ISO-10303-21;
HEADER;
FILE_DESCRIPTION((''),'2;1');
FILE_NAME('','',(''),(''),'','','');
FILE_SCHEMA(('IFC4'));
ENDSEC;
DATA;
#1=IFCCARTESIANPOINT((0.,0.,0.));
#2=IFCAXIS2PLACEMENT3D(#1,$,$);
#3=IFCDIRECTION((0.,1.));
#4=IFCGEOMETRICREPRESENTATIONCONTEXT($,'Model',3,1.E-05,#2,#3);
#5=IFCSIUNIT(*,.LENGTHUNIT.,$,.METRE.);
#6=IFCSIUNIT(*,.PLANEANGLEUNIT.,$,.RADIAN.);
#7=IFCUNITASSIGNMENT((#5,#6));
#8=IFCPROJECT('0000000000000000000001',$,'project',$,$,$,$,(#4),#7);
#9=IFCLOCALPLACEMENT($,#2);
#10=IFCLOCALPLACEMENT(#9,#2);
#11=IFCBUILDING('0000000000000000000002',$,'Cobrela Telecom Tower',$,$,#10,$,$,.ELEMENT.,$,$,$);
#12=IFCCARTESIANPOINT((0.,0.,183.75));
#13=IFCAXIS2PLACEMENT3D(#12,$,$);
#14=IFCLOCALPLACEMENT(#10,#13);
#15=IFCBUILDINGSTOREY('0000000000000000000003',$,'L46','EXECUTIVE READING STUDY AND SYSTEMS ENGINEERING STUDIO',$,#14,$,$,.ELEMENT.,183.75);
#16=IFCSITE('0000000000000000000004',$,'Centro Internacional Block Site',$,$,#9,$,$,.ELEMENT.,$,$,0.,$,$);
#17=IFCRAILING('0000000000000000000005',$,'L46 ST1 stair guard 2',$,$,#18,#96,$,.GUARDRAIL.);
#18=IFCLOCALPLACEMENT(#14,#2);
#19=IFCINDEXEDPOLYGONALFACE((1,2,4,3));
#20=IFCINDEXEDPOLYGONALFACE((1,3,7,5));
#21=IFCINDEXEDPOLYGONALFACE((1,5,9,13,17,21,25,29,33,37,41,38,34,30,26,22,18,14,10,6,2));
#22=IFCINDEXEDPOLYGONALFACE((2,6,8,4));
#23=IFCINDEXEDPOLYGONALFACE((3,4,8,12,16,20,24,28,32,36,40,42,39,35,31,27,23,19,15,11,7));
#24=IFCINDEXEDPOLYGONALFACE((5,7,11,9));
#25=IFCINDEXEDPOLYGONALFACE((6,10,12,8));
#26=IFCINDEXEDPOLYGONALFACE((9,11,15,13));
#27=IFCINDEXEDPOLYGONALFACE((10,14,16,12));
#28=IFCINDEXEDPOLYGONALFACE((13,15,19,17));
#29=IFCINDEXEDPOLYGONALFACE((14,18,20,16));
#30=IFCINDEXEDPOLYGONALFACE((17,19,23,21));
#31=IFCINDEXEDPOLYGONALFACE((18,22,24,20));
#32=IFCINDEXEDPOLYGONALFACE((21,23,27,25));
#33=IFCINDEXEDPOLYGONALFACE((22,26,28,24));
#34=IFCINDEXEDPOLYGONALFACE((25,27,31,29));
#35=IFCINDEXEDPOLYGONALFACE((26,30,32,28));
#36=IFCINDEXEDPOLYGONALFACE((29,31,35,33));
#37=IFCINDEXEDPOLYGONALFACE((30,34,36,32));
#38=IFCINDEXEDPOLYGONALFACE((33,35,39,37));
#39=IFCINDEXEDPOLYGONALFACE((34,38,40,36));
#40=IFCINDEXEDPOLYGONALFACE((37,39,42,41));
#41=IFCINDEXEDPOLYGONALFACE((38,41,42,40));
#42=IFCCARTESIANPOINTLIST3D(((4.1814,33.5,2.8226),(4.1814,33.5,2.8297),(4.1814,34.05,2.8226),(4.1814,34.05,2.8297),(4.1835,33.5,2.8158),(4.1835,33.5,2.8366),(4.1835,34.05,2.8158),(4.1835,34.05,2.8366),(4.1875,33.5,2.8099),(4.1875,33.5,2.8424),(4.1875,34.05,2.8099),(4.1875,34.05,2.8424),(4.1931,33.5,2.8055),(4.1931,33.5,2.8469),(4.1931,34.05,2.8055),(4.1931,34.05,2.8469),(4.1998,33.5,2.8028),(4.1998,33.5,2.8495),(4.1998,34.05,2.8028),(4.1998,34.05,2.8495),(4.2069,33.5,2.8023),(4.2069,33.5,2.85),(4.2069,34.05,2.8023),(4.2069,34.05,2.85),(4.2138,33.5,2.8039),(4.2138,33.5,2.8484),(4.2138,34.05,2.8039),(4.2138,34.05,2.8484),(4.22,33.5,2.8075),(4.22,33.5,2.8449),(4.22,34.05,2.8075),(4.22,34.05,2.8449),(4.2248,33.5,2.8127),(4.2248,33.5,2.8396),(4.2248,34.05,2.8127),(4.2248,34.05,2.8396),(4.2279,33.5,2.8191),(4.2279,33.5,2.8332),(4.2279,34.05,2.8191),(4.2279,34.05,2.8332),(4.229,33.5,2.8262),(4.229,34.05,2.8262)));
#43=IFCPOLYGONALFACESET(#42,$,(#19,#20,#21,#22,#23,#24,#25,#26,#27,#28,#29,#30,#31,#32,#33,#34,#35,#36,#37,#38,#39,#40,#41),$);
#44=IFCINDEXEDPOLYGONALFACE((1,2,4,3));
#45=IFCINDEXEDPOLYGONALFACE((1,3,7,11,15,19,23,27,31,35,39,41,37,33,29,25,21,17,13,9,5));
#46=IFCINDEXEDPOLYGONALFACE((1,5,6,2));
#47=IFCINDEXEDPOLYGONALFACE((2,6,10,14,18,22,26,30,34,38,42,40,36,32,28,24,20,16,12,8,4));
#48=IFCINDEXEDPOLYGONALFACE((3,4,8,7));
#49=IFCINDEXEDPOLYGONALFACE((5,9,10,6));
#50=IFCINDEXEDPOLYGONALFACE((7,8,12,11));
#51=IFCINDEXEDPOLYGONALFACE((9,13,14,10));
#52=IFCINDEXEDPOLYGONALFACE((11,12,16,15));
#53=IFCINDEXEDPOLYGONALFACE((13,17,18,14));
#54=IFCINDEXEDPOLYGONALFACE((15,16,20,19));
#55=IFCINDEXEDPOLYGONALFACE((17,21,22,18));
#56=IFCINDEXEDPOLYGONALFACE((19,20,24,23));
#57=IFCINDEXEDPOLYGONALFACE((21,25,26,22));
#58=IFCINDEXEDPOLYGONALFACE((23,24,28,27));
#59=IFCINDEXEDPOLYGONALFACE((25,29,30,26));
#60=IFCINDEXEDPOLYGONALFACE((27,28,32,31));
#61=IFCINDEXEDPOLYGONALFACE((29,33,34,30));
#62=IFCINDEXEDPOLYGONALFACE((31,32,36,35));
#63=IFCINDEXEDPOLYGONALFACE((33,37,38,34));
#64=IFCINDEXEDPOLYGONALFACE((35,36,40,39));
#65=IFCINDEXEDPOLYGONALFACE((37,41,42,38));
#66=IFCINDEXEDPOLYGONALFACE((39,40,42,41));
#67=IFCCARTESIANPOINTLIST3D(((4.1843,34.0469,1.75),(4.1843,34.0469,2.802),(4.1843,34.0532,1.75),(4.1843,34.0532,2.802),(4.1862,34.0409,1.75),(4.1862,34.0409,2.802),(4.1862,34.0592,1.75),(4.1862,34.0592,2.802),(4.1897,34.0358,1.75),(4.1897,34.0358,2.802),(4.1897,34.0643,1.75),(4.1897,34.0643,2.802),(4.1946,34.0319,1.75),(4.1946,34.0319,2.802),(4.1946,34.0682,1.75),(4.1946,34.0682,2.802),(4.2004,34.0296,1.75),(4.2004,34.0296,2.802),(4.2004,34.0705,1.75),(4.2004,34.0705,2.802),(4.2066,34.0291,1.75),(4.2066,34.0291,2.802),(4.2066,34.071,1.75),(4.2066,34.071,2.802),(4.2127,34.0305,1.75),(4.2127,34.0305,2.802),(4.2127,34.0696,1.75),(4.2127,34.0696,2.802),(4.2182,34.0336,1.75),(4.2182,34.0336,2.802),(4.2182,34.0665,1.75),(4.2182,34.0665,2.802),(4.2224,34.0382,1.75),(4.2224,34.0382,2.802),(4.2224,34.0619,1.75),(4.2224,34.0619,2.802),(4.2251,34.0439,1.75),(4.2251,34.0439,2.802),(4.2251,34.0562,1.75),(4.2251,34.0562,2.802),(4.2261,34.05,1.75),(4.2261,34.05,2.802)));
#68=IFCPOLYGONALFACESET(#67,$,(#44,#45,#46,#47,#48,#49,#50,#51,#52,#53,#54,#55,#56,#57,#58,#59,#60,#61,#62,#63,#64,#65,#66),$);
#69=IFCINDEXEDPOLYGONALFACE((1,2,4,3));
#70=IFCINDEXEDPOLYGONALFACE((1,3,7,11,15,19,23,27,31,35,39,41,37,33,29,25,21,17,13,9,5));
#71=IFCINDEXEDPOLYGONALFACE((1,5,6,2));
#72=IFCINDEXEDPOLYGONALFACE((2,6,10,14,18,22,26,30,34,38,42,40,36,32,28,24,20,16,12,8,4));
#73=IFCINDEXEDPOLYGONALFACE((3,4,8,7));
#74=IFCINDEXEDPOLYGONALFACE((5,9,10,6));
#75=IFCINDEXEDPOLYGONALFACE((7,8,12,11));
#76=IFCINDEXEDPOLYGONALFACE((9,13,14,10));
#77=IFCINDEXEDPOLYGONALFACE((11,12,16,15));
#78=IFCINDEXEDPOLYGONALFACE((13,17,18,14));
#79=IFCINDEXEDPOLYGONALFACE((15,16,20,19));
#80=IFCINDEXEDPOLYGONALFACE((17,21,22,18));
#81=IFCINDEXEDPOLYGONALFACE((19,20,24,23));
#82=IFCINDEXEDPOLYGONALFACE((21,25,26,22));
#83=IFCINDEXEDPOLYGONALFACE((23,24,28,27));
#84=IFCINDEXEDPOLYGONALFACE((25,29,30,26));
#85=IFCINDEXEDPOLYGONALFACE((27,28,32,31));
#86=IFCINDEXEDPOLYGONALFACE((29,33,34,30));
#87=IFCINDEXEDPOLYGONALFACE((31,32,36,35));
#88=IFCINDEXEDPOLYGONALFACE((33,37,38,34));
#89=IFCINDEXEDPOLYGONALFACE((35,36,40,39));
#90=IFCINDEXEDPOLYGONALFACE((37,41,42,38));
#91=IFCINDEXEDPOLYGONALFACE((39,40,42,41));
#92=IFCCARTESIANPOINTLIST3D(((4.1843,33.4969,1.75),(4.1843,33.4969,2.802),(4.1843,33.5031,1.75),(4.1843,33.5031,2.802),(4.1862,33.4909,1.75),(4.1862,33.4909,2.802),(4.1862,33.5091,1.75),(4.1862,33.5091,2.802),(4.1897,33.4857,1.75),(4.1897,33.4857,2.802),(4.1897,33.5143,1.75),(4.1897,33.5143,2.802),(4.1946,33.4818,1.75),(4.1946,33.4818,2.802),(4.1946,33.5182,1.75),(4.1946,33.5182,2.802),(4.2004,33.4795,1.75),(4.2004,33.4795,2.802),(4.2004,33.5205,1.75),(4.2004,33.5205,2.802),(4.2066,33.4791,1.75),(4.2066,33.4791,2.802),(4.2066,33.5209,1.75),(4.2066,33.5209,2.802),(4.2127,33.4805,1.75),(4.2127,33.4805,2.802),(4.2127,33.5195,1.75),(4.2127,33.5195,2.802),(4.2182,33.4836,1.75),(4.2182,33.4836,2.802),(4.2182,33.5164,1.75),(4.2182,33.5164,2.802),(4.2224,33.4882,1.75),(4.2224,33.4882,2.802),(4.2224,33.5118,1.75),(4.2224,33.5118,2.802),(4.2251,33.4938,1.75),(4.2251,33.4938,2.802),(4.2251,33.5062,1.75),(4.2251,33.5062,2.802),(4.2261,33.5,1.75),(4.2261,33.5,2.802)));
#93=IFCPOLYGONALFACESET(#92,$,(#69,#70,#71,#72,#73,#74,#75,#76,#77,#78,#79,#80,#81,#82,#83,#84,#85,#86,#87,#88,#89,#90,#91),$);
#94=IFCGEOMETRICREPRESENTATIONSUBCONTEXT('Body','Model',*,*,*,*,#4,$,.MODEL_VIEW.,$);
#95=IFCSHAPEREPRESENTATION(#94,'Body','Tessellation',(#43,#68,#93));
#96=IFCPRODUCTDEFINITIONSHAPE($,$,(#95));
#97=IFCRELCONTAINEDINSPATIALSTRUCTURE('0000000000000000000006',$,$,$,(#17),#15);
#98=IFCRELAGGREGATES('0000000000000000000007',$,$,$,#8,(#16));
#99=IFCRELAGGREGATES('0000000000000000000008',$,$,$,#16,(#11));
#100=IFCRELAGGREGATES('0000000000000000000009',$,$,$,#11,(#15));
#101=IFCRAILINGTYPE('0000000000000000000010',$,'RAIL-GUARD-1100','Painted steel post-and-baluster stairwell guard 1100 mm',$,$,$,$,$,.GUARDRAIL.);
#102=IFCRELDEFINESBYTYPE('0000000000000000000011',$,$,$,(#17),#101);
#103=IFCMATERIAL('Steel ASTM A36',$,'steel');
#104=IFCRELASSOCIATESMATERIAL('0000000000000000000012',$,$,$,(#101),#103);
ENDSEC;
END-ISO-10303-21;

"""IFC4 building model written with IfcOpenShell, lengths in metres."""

from ifc_helpers import new_model, si_unit, direction, frame, origin, origin_2d, place, context, subcontext, project, spatial, circle, extrude, material, type_object, element, save


model = new_model("IFC4")

# Units and contexts
model_context = context("Model", 3, precision=1e-05, world=origin(), true_north=direction((0.0, 1.0)))
body_context = subcontext(model_context, "Body", "Model", "MODEL_VIEW")
ifc_project = project(units=[si_unit("LENGTHUNIT", "METRE"), si_unit("PLANEANGLEUNIT", "RADIAN")], contexts=[model_context])

# Site, building, storey
site_placement = place(None, origin())
site = spatial("IfcSite", under=ifc_project, at=site_placement, Name="Centro Internacional Block Site", CompositionType="ELEMENT", RefElevation=0.0)
building_placement = place(site_placement, origin())
building = spatial("IfcBuilding", under=site, at=building_placement, Name="Cobrela Telecom Tower", CompositionType="ELEMENT")
storey_placement = place(building_placement, frame((0.0, 0.0, 183.75)))
storey = spatial("IfcBuildingStorey", under=building, at=storey_placement, Name="L46", Description="EXECUTIVE READING STUDY AND SYSTEMS ENGINEERING STUDIO", CompositionType="ELEMENT", Elevation=183.75)

# Shared definitions
ifc_material_1 = material(Name="Steel ASTM A36", Category="steel")

# Railing
railing_type_1 = type_object("IfcRailingType", Name="RAIL-GUARD-1100", Description="Painted steel post-and-baluster stairwell guard 1100 mm", PredefinedType="GUARDRAIL", material=ifc_material_1)
railing_1_placement = place(storey_placement, frame((4.2051, 34.05, 1.75)))
element("IfcRailing", 1, at=railing_1_placement, inside=storey, type_object=railing_type_1, Name="L46 ST1 stair guard 2", PredefinedType="GUARDRAIL", context=body_context, shape_type="SweptSolid", body=[
    extrude(circle(Radius=0.0239, at=origin_2d()), frame((0.0, 0.0, 1.0762), z_axis=(0.0, -1.0, 0.0), x_axis=(1.0, 0.0, 0.0)), (0.0, 0.0, 1.0), 0.55),
    extrude(circle(Radius=0.021, at=origin_2d()), origin(), (0.0, 0.0, 1.0), 1.052),
    extrude(circle(Radius=0.021, at=origin_2d()), frame((0.0, -0.55, 0.0)), (0.0, 0.0, 1.0), 1.052),
])

save(model, "model.ifc")
